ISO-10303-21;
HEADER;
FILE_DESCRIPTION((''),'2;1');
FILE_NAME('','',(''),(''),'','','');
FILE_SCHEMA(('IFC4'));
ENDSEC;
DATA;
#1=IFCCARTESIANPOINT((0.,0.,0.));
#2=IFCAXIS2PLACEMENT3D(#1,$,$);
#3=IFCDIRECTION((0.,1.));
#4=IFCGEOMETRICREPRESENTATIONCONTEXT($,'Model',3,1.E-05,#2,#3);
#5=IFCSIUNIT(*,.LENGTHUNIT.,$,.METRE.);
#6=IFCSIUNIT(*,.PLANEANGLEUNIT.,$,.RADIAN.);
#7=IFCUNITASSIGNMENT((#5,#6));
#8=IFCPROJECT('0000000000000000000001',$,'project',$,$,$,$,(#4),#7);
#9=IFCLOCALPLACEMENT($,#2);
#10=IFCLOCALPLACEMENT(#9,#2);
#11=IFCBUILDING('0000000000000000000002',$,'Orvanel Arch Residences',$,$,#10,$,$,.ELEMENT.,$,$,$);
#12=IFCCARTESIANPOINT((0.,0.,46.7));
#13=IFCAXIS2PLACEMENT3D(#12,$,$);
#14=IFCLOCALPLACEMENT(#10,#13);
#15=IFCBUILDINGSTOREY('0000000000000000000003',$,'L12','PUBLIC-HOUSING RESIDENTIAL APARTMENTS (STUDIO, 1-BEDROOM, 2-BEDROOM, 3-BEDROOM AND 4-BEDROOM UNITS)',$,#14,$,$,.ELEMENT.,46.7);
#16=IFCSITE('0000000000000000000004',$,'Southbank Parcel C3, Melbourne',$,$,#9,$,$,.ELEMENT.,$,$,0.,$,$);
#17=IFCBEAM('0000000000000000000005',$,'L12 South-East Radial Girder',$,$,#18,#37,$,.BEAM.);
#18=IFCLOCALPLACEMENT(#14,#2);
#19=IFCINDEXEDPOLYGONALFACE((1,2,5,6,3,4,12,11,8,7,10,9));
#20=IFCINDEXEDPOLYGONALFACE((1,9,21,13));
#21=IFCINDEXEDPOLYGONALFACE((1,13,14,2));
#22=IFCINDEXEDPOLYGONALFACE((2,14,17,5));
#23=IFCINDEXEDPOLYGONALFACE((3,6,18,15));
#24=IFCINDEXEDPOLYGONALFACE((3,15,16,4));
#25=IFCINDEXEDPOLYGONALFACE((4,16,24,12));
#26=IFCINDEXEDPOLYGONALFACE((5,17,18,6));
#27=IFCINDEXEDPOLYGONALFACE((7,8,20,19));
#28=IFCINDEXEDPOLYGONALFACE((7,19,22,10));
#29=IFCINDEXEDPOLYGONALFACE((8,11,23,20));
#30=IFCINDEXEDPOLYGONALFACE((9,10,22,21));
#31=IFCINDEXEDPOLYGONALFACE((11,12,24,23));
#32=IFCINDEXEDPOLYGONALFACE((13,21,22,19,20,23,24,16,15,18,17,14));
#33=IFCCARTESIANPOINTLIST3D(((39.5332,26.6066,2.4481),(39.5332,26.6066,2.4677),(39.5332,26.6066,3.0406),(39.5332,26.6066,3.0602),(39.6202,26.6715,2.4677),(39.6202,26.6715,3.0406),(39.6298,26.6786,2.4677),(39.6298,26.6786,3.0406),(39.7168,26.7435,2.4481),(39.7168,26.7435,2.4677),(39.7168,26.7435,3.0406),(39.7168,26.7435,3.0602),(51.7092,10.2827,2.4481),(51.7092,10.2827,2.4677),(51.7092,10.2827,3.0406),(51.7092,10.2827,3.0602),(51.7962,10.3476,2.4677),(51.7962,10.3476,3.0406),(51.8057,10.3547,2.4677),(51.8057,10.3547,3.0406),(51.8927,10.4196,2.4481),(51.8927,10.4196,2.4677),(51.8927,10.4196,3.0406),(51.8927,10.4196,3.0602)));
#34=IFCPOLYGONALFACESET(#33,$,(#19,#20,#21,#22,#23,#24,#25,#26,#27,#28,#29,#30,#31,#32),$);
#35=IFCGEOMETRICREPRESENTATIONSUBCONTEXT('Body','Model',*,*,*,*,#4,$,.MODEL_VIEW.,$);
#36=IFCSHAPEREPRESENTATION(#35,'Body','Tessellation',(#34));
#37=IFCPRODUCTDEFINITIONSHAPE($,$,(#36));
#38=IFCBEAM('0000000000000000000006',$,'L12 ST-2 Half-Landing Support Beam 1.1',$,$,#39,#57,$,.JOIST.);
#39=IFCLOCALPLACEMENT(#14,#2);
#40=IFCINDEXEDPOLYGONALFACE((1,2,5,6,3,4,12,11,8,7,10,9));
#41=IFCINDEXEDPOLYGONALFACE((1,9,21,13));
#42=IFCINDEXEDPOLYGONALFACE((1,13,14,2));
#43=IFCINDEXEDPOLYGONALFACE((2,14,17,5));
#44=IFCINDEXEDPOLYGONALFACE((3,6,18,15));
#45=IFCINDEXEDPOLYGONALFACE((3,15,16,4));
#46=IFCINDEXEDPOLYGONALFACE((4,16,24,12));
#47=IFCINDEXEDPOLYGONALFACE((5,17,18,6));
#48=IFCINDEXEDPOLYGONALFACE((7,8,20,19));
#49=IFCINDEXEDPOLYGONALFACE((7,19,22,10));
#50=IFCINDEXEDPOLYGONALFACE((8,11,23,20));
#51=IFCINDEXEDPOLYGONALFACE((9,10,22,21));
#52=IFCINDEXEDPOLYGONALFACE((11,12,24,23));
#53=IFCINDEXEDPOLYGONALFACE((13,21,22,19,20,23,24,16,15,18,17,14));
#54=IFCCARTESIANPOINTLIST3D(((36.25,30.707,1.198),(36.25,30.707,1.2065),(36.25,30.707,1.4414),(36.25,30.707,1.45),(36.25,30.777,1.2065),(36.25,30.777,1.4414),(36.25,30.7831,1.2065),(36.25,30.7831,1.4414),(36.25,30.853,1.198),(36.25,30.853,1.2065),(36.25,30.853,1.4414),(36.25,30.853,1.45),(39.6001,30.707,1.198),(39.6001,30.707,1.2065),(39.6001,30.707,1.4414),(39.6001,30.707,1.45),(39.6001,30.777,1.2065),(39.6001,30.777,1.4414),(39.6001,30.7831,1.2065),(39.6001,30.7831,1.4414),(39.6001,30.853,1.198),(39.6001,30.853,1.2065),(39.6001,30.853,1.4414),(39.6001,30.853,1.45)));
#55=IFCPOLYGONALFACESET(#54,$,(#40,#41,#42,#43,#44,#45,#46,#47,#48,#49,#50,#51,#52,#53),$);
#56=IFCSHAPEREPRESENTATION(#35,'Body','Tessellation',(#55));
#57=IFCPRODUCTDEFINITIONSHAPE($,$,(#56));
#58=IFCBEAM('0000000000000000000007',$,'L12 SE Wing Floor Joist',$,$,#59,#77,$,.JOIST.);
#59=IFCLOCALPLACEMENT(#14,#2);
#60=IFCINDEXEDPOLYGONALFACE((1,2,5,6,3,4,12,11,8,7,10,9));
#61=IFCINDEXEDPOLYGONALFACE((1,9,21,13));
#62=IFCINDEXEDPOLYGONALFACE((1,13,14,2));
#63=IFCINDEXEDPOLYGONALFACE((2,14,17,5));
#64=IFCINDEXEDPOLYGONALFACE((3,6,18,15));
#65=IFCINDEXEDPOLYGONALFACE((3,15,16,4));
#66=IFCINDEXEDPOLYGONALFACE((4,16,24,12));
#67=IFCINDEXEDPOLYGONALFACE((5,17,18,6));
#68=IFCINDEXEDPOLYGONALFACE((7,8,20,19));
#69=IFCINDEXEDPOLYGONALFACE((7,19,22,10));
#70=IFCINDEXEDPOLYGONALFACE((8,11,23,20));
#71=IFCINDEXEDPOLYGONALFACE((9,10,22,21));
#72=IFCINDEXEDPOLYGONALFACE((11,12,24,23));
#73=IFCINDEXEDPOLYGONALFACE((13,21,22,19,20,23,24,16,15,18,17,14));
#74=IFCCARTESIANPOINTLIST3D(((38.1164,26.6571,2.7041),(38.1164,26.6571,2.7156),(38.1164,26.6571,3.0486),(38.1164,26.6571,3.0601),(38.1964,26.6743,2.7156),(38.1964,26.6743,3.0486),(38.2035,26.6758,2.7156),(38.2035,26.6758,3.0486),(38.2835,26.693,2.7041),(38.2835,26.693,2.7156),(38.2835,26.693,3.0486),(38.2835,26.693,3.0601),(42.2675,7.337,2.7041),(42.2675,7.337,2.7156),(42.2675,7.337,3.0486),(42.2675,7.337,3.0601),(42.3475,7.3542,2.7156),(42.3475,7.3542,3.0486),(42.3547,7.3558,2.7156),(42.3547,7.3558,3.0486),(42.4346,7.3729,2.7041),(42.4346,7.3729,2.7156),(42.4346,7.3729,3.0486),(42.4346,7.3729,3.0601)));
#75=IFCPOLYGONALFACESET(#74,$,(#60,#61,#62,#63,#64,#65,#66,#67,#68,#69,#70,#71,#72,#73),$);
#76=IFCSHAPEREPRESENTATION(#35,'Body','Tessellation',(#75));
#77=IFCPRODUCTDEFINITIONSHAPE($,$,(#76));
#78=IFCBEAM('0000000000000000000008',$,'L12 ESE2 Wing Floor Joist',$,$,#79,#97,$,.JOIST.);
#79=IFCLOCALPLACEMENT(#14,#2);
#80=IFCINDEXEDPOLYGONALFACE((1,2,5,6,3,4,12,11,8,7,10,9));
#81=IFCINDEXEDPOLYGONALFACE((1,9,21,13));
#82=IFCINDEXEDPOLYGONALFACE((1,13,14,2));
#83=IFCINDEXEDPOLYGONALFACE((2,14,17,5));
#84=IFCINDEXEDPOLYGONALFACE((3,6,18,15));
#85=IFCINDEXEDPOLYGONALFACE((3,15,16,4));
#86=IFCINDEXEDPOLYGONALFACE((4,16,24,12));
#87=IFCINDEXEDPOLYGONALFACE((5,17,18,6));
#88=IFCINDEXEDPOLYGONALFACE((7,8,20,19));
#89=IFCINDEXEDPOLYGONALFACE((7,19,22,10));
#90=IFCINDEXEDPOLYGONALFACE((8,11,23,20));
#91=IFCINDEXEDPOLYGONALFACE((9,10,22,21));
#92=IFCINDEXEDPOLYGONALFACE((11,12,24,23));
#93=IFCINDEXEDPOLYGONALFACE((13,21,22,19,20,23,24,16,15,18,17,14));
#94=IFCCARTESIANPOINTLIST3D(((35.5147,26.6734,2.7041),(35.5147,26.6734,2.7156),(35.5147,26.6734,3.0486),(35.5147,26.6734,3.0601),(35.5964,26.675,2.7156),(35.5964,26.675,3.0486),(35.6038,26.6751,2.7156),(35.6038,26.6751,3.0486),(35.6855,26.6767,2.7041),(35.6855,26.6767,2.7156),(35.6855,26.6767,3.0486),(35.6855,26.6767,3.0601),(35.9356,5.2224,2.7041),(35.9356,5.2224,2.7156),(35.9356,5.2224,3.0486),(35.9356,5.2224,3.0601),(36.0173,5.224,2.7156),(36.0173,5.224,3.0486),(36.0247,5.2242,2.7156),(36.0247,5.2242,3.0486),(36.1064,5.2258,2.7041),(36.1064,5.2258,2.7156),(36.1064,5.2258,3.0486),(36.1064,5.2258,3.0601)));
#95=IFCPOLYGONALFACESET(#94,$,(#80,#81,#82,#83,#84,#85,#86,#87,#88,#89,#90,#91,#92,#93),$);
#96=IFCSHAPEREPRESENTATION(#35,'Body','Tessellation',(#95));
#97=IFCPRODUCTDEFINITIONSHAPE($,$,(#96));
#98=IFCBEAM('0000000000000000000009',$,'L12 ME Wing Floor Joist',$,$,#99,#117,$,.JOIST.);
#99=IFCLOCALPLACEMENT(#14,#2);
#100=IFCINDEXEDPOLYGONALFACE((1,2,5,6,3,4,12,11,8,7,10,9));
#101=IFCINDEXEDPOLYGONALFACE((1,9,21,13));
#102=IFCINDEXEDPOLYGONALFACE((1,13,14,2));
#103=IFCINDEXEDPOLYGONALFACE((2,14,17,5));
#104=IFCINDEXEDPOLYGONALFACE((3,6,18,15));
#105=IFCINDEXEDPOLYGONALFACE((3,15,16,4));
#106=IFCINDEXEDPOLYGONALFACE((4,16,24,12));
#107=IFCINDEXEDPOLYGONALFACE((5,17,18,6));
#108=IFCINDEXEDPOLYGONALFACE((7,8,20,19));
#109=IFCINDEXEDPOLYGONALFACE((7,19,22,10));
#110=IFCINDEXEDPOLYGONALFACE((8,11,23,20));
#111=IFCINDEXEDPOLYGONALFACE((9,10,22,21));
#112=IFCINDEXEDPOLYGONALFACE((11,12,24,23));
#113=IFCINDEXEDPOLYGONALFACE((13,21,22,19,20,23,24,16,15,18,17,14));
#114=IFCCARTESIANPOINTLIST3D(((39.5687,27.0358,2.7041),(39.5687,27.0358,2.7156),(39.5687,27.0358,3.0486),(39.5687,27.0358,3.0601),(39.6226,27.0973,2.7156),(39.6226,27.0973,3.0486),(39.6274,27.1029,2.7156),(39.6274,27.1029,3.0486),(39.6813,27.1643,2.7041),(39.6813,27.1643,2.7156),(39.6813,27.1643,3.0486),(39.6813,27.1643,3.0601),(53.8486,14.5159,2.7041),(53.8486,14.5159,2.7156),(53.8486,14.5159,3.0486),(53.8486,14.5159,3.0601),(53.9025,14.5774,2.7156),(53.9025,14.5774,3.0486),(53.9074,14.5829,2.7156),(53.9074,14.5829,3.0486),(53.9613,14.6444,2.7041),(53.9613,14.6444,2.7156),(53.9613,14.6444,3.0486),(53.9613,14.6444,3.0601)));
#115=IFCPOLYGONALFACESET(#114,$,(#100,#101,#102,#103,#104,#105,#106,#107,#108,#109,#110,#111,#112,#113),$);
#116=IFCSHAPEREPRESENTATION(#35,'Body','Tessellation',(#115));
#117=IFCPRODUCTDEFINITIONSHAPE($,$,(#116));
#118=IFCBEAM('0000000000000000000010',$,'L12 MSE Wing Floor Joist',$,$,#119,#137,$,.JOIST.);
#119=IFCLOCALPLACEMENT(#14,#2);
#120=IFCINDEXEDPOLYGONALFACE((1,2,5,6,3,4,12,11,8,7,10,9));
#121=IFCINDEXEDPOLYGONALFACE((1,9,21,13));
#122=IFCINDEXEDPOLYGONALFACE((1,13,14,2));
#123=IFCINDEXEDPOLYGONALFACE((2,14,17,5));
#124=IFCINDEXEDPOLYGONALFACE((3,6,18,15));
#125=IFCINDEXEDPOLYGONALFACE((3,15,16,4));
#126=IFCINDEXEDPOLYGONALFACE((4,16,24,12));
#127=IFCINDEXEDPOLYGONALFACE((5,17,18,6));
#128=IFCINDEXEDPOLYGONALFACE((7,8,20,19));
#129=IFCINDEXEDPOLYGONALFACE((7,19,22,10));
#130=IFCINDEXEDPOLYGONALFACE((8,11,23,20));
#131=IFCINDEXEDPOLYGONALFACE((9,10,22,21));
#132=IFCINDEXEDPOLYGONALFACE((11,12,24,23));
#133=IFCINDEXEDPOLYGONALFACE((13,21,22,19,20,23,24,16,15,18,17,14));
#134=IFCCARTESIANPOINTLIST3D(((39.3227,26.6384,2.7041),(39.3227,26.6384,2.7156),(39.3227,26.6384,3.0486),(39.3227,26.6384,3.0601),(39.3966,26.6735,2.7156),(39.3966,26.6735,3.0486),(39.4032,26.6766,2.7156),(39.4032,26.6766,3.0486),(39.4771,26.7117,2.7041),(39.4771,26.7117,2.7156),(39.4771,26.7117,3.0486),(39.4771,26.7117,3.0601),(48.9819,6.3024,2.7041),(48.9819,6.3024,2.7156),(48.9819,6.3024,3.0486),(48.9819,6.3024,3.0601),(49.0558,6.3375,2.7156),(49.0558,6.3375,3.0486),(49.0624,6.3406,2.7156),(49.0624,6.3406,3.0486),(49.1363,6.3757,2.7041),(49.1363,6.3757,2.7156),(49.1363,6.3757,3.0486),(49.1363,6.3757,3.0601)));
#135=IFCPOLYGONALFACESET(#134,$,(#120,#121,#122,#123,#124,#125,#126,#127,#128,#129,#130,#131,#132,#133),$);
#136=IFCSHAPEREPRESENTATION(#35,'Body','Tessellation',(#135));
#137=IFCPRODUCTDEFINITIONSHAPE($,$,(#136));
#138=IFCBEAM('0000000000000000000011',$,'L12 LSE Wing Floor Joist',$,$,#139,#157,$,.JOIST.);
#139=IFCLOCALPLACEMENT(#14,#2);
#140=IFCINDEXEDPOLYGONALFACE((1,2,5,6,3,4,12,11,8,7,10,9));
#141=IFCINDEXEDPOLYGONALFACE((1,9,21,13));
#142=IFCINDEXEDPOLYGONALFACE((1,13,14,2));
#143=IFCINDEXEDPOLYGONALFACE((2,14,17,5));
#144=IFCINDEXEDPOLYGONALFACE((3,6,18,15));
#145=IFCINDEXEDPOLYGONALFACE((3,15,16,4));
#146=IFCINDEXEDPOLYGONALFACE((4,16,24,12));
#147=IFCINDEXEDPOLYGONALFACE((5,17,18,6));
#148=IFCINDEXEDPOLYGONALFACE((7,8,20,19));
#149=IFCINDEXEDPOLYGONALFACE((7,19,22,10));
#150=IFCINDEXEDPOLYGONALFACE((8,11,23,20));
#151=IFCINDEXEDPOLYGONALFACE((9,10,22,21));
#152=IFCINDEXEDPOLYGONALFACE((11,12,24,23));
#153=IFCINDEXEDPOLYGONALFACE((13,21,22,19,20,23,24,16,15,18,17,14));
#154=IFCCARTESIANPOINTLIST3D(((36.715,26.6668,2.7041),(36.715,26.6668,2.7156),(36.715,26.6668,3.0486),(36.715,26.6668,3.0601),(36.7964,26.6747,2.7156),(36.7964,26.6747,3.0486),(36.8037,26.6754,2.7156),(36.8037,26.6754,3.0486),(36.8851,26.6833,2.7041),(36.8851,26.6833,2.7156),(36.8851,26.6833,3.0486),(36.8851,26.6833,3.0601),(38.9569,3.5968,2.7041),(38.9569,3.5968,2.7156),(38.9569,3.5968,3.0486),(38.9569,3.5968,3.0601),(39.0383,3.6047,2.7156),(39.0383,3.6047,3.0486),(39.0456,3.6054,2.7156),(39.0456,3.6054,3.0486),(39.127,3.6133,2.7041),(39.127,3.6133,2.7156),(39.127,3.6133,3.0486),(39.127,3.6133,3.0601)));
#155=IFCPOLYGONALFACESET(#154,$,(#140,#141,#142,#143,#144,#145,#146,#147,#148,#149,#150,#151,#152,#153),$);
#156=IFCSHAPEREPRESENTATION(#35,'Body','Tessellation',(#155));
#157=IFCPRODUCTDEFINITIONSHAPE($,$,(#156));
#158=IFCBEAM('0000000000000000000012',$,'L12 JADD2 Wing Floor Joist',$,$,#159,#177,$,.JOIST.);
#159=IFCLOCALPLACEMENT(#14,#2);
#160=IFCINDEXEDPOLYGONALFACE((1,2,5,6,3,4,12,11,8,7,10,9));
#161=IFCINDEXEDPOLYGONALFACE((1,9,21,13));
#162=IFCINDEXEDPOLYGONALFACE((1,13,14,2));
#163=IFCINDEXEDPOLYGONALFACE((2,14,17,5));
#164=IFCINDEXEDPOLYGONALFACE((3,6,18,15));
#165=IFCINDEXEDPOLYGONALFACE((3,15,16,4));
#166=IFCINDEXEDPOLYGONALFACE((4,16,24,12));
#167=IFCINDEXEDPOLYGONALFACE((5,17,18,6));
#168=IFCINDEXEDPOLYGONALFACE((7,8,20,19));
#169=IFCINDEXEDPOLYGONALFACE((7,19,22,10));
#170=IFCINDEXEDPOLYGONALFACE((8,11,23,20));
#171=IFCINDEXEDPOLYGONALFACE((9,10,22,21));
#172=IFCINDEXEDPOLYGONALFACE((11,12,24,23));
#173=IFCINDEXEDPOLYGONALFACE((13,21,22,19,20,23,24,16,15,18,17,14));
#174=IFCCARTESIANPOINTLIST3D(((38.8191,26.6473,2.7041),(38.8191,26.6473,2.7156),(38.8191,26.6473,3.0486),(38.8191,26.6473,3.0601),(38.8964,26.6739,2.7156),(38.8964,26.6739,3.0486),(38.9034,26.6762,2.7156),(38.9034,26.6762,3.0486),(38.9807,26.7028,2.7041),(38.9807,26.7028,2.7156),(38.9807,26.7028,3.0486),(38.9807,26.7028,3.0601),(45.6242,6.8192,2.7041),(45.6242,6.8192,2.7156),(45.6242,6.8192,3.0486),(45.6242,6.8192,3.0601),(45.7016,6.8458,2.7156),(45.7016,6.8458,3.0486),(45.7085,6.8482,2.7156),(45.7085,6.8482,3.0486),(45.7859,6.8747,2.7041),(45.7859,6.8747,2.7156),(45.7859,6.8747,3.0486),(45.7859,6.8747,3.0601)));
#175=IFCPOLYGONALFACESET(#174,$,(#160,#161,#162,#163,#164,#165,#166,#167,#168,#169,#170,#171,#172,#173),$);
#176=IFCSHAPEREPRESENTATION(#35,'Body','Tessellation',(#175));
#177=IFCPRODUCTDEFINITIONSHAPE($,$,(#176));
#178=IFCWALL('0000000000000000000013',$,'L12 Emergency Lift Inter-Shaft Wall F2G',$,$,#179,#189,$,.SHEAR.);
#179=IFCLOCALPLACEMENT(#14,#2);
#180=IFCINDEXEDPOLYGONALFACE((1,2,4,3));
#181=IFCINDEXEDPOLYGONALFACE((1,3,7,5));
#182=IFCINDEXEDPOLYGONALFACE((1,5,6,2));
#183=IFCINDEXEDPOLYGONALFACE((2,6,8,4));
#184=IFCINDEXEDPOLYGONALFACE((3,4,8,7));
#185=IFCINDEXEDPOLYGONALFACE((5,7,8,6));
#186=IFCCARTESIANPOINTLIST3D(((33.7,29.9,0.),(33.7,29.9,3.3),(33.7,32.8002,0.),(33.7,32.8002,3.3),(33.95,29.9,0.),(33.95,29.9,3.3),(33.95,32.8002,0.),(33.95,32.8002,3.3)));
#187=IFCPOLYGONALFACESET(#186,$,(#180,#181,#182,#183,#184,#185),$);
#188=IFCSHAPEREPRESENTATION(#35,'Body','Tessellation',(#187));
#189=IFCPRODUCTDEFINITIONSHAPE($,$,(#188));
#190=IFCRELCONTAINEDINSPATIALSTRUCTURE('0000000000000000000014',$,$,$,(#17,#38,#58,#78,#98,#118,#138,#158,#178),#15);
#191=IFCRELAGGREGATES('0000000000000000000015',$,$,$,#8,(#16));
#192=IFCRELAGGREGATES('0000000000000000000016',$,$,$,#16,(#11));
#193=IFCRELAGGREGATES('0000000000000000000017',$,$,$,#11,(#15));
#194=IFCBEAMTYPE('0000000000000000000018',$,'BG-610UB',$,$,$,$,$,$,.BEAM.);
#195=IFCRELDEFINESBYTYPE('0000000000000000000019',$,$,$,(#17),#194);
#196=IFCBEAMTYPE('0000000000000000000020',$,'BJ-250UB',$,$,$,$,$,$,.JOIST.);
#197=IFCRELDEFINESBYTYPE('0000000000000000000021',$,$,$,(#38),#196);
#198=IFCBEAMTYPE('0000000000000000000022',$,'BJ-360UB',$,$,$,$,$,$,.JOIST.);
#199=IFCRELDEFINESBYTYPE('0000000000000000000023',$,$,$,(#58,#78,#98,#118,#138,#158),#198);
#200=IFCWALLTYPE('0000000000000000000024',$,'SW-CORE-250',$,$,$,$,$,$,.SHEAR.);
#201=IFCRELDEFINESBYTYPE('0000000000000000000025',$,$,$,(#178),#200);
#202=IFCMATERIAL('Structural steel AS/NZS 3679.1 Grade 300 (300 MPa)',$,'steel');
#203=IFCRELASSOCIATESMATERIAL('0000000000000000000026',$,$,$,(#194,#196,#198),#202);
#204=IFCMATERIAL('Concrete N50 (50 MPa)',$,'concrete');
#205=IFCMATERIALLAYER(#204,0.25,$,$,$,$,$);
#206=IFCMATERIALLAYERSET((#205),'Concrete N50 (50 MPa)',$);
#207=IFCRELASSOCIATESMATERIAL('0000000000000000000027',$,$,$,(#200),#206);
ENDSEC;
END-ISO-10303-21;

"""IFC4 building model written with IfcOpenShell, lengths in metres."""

from ifc_helpers import new_model, si_unit, direction, frame, frame_2d, origin, origin_2d, place, context, subcontext, project, spatial, rectangle, i_section, extrude, material, layer, layer_set, material_profile, profile_set, type_object, element, save


model = new_model("IFC4")

# Units and contexts
model_context = context("Model", 3, precision=1e-05, world=origin(), true_north=direction((0.0, 1.0)))
body_context = subcontext(model_context, "Body", "Model", "MODEL_VIEW")
ifc_project = project(units=[si_unit("LENGTHUNIT", "METRE"), si_unit("PLANEANGLEUNIT", "RADIAN")], contexts=[model_context])

# Site, building, storey
site_placement = place(None, origin())
site = spatial("IfcSite", under=ifc_project, at=site_placement, Name="Southbank Parcel C3, Melbourne", CompositionType="ELEMENT", RefElevation=0.0)
building_placement = place(site_placement, origin())
building = spatial("IfcBuilding", under=site, at=building_placement, Name="Orvanel Arch Residences", CompositionType="ELEMENT")
storey_placement = place(building_placement, frame((0.0, 0.0, 46.7)))
storey = spatial("IfcBuildingStorey", under=building, at=storey_placement, Name="L12", Description="PUBLIC-HOUSING RESIDENTIAL APARTMENTS (STUDIO, 1-BEDROOM, 2-BEDROOM, 3-BEDROOM AND 4-BEDROOM UNITS)", CompositionType="ELEMENT", Elevation=46.7)

# Beams
ifc_material_1 = material(Name="Structural steel AS/NZS 3679.1 Grade 300 (300 MPa)", Category="steel")
ifc_material_profile_1 = material_profile(ifc_material_1, i_section(OverallWidth=0.229, OverallDepth=0.6121, WebThickness=0.012, FlangeThickness=0.0195, at=origin_2d()), Name="610UB125")
ifc_profile_set_1 = profile_set([ifc_material_profile_1], Name="Structural steel AS/NZS 3679.1 Grade 300 (300 MPa)")
beam_type_1 = type_object("IfcBeamType", Name="BG-610UB", PredefinedType="BEAM", material=ifc_profile_set_1)
beam_1_placement = place(storey_placement, frame((39.625, 26.675, 2.7542), z_axis=(0.597894, -0.801575, 0.0), x_axis=(0.801575, 0.597894, 0.0)))
element("IfcBeam", 1, at=beam_1_placement, inside=storey, type_object=beam_type_1, Name="L12 South-East Radial Girder", PredefinedType="BEAM", context=body_context, shape_type="SweptSolid", body=[
    extrude(i_section(OverallWidth=0.229, OverallDepth=0.6121, WebThickness=0.012, FlangeThickness=0.0195, at=origin_2d()), origin(), (0.0, 0.0, 1.0), 20.3647),
])
ifc_material_profile_2 = material_profile(ifc_material_1, i_section(OverallWidth=0.146, OverallDepth=0.252, WebThickness=0.0061, FlangeThickness=0.0085, at=origin_2d()), Name="250UB31.4")
ifc_profile_set_2 = profile_set([ifc_material_profile_2], Name="Structural steel AS/NZS 3679.1 Grade 300 (300 MPa)")
beam_type_2 = type_object("IfcBeamType", Name="BJ-250UB", PredefinedType="JOIST", material=ifc_profile_set_2)
beam_2_placement = place(storey_placement, frame((36.25, 30.78, 1.324), z_axis=(1.0, 0.0, 0.0), x_axis=(0.0, 1.0, 0.0)))
element("IfcBeam", 2, at=beam_2_placement, inside=storey, type_object=beam_type_2, Name="L12 ST-2 Half-Landing Support Beam 1.1", PredefinedType="JOIST", context=body_context, shape_type="SweptSolid", body=[
    extrude(i_section(OverallWidth=0.146, OverallDepth=0.252, WebThickness=0.0061, FlangeThickness=0.0085, at=origin_2d()), origin(), (0.0, 0.0, 1.0), 3.3501),
])
ifc_material_profile_3 = material_profile(ifc_material_1, i_section(OverallWidth=0.1709, OverallDepth=0.356, WebThickness=0.0073, FlangeThickness=0.0115, at=origin_2d()), Name="360UB50.7")
ifc_profile_set_3 = profile_set([ifc_material_profile_3], Name="Structural steel AS/NZS 3679.1 Grade 300 (300 MPa)")
beam_type_3 = type_object("IfcBeamType", Name="BJ-360UB", PredefinedType="JOIST", material=ifc_profile_set_3)
beam_3_placement = place(storey_placement, frame((38.2, 26.675, 2.8821), z_axis=(0.210067, -0.977687, 0.0), x_axis=(0.977687, 0.210067, 0.0)))
element("IfcBeam", 3, at=beam_3_placement, inside=storey, type_object=beam_type_3, Name="L12 SE Wing Floor Joist", PredefinedType="JOIST", context=body_context, shape_type="SweptSolid", body=[
    extrude(i_section(OverallWidth=0.1709, OverallDepth=0.356, WebThickness=0.0073, FlangeThickness=0.0115, at=origin_2d()), origin(), (0.0, 0.0, 1.0), 19.761),
])
beam_4_placement = place(storey_placement, frame((35.6001, 26.675, 2.8821), z_axis=(0.019618, -0.999808, 0.0), x_axis=(0.999808, 0.019618, 0.0)))
element("IfcBeam", 4, at=beam_4_placement, inside=storey, type_object=beam_type_3, Name="L12 ESE2 Wing Floor Joist", PredefinedType="JOIST", context=body_context, shape_type="SweptSolid", body=[
    extrude(i_section(OverallWidth=0.1709, OverallDepth=0.356, WebThickness=0.0073, FlangeThickness=0.0115, at=origin_2d()), origin(), (0.0, 0.0, 1.0), 21.4551),
])
beam_5_placement = place(storey_placement, frame((39.625, 27.1001, 2.8821), z_axis=(0.751924, -0.65925, 0.0), x_axis=(0.65925, 0.751924, 0.0)))
element("IfcBeam", 5, at=beam_5_placement, inside=storey, type_object=beam_type_3, Name="L12 ME Wing Floor Joist", PredefinedType="JOIST", context=body_context, shape_type="SweptSolid", body=[
    extrude(i_section(OverallWidth=0.1709, OverallDepth=0.356, WebThickness=0.0073, FlangeThickness=0.0115, at=origin_2d()), origin(), (0.0, 0.0, 1.0), 18.9912),
])
beam_6_placement = place(storey_placement, frame((39.3999, 26.675, 2.8821), z_axis=(0.429043, -0.903284, 0.0), x_axis=(0.903284, 0.429043, 0.0)))
element("IfcBeam", 6, at=beam_6_placement, inside=storey, type_object=beam_type_3, Name="L12 MSE Wing Floor Joist", PredefinedType="JOIST", context=body_context, shape_type="SweptSolid", body=[
    extrude(i_section(OverallWidth=0.1709, OverallDepth=0.356, WebThickness=0.0073, FlangeThickness=0.0115, at=origin_2d()), origin(), (0.0, 0.0, 1.0), 22.5134),
])
beam_7_placement = place(storey_placement, frame((36.8, 26.675, 2.8821), z_axis=(0.096724, -0.995311, 0.0), x_axis=(0.995311, 0.096724, 0.0)))
element("IfcBeam", 7, at=beam_7_placement, inside=storey, type_object=beam_type_3, Name="L12 LSE Wing Floor Joist", PredefinedType="JOIST", context=body_context, shape_type="SweptSolid", body=[
    extrude(i_section(OverallWidth=0.1709, OverallDepth=0.356, WebThickness=0.0073, FlangeThickness=0.0115, at=origin_2d()), origin(), (0.0, 0.0, 1.0), 23.1787),
])
beam_8_placement = place(storey_placement, frame((38.8999, 26.675, 2.8821), z_axis=(0.324621, -0.945844, 0.0), x_axis=(0.945844, 0.324621, 0.0)))
element("IfcBeam", 8, at=beam_8_placement, inside=storey, type_object=beam_type_3, Name="L12 JADD2 Wing Floor Joist", PredefinedType="JOIST", context=body_context, shape_type="SweptSolid", body=[
    extrude(i_section(OverallWidth=0.1709, OverallDepth=0.356, WebThickness=0.0073, FlangeThickness=0.0115, at=origin_2d()), origin(), (0.0, 0.0, 1.0), 20.9634),
])

# Wall
ifc_material_2 = material(Name="Concrete N50 (50 MPa)", Category="concrete")
ifc_layer_1 = layer(ifc_material_2, 0.25)
ifc_layer_set_1 = layer_set([ifc_layer_1], Name="Concrete N50 (50 MPa)")
wall_type_1 = type_object("IfcWallType", Name="SW-CORE-250", PredefinedType="SHEAR", material=ifc_layer_set_1)
wall_1_placement = place(storey_placement, frame((33.825, 29.8999, 0.0), z_axis=(0.0, 0.0, 1.0), x_axis=(0.0, 1.0, 0.0)))
element("IfcWall", 9, at=wall_1_placement, inside=storey, type_object=wall_type_1, Name="L12 Emergency Lift Inter-Shaft Wall F2G", PredefinedType="SHEAR", context=body_context, shape_type="SweptSolid", body=[
    extrude(rectangle(XDim=2.9001, YDim=0.25, at=frame_2d((1.4502, 0.0))), origin(), (0.0, 0.0, 1.0), 3.3),
])

save(model, "model.ifc")
